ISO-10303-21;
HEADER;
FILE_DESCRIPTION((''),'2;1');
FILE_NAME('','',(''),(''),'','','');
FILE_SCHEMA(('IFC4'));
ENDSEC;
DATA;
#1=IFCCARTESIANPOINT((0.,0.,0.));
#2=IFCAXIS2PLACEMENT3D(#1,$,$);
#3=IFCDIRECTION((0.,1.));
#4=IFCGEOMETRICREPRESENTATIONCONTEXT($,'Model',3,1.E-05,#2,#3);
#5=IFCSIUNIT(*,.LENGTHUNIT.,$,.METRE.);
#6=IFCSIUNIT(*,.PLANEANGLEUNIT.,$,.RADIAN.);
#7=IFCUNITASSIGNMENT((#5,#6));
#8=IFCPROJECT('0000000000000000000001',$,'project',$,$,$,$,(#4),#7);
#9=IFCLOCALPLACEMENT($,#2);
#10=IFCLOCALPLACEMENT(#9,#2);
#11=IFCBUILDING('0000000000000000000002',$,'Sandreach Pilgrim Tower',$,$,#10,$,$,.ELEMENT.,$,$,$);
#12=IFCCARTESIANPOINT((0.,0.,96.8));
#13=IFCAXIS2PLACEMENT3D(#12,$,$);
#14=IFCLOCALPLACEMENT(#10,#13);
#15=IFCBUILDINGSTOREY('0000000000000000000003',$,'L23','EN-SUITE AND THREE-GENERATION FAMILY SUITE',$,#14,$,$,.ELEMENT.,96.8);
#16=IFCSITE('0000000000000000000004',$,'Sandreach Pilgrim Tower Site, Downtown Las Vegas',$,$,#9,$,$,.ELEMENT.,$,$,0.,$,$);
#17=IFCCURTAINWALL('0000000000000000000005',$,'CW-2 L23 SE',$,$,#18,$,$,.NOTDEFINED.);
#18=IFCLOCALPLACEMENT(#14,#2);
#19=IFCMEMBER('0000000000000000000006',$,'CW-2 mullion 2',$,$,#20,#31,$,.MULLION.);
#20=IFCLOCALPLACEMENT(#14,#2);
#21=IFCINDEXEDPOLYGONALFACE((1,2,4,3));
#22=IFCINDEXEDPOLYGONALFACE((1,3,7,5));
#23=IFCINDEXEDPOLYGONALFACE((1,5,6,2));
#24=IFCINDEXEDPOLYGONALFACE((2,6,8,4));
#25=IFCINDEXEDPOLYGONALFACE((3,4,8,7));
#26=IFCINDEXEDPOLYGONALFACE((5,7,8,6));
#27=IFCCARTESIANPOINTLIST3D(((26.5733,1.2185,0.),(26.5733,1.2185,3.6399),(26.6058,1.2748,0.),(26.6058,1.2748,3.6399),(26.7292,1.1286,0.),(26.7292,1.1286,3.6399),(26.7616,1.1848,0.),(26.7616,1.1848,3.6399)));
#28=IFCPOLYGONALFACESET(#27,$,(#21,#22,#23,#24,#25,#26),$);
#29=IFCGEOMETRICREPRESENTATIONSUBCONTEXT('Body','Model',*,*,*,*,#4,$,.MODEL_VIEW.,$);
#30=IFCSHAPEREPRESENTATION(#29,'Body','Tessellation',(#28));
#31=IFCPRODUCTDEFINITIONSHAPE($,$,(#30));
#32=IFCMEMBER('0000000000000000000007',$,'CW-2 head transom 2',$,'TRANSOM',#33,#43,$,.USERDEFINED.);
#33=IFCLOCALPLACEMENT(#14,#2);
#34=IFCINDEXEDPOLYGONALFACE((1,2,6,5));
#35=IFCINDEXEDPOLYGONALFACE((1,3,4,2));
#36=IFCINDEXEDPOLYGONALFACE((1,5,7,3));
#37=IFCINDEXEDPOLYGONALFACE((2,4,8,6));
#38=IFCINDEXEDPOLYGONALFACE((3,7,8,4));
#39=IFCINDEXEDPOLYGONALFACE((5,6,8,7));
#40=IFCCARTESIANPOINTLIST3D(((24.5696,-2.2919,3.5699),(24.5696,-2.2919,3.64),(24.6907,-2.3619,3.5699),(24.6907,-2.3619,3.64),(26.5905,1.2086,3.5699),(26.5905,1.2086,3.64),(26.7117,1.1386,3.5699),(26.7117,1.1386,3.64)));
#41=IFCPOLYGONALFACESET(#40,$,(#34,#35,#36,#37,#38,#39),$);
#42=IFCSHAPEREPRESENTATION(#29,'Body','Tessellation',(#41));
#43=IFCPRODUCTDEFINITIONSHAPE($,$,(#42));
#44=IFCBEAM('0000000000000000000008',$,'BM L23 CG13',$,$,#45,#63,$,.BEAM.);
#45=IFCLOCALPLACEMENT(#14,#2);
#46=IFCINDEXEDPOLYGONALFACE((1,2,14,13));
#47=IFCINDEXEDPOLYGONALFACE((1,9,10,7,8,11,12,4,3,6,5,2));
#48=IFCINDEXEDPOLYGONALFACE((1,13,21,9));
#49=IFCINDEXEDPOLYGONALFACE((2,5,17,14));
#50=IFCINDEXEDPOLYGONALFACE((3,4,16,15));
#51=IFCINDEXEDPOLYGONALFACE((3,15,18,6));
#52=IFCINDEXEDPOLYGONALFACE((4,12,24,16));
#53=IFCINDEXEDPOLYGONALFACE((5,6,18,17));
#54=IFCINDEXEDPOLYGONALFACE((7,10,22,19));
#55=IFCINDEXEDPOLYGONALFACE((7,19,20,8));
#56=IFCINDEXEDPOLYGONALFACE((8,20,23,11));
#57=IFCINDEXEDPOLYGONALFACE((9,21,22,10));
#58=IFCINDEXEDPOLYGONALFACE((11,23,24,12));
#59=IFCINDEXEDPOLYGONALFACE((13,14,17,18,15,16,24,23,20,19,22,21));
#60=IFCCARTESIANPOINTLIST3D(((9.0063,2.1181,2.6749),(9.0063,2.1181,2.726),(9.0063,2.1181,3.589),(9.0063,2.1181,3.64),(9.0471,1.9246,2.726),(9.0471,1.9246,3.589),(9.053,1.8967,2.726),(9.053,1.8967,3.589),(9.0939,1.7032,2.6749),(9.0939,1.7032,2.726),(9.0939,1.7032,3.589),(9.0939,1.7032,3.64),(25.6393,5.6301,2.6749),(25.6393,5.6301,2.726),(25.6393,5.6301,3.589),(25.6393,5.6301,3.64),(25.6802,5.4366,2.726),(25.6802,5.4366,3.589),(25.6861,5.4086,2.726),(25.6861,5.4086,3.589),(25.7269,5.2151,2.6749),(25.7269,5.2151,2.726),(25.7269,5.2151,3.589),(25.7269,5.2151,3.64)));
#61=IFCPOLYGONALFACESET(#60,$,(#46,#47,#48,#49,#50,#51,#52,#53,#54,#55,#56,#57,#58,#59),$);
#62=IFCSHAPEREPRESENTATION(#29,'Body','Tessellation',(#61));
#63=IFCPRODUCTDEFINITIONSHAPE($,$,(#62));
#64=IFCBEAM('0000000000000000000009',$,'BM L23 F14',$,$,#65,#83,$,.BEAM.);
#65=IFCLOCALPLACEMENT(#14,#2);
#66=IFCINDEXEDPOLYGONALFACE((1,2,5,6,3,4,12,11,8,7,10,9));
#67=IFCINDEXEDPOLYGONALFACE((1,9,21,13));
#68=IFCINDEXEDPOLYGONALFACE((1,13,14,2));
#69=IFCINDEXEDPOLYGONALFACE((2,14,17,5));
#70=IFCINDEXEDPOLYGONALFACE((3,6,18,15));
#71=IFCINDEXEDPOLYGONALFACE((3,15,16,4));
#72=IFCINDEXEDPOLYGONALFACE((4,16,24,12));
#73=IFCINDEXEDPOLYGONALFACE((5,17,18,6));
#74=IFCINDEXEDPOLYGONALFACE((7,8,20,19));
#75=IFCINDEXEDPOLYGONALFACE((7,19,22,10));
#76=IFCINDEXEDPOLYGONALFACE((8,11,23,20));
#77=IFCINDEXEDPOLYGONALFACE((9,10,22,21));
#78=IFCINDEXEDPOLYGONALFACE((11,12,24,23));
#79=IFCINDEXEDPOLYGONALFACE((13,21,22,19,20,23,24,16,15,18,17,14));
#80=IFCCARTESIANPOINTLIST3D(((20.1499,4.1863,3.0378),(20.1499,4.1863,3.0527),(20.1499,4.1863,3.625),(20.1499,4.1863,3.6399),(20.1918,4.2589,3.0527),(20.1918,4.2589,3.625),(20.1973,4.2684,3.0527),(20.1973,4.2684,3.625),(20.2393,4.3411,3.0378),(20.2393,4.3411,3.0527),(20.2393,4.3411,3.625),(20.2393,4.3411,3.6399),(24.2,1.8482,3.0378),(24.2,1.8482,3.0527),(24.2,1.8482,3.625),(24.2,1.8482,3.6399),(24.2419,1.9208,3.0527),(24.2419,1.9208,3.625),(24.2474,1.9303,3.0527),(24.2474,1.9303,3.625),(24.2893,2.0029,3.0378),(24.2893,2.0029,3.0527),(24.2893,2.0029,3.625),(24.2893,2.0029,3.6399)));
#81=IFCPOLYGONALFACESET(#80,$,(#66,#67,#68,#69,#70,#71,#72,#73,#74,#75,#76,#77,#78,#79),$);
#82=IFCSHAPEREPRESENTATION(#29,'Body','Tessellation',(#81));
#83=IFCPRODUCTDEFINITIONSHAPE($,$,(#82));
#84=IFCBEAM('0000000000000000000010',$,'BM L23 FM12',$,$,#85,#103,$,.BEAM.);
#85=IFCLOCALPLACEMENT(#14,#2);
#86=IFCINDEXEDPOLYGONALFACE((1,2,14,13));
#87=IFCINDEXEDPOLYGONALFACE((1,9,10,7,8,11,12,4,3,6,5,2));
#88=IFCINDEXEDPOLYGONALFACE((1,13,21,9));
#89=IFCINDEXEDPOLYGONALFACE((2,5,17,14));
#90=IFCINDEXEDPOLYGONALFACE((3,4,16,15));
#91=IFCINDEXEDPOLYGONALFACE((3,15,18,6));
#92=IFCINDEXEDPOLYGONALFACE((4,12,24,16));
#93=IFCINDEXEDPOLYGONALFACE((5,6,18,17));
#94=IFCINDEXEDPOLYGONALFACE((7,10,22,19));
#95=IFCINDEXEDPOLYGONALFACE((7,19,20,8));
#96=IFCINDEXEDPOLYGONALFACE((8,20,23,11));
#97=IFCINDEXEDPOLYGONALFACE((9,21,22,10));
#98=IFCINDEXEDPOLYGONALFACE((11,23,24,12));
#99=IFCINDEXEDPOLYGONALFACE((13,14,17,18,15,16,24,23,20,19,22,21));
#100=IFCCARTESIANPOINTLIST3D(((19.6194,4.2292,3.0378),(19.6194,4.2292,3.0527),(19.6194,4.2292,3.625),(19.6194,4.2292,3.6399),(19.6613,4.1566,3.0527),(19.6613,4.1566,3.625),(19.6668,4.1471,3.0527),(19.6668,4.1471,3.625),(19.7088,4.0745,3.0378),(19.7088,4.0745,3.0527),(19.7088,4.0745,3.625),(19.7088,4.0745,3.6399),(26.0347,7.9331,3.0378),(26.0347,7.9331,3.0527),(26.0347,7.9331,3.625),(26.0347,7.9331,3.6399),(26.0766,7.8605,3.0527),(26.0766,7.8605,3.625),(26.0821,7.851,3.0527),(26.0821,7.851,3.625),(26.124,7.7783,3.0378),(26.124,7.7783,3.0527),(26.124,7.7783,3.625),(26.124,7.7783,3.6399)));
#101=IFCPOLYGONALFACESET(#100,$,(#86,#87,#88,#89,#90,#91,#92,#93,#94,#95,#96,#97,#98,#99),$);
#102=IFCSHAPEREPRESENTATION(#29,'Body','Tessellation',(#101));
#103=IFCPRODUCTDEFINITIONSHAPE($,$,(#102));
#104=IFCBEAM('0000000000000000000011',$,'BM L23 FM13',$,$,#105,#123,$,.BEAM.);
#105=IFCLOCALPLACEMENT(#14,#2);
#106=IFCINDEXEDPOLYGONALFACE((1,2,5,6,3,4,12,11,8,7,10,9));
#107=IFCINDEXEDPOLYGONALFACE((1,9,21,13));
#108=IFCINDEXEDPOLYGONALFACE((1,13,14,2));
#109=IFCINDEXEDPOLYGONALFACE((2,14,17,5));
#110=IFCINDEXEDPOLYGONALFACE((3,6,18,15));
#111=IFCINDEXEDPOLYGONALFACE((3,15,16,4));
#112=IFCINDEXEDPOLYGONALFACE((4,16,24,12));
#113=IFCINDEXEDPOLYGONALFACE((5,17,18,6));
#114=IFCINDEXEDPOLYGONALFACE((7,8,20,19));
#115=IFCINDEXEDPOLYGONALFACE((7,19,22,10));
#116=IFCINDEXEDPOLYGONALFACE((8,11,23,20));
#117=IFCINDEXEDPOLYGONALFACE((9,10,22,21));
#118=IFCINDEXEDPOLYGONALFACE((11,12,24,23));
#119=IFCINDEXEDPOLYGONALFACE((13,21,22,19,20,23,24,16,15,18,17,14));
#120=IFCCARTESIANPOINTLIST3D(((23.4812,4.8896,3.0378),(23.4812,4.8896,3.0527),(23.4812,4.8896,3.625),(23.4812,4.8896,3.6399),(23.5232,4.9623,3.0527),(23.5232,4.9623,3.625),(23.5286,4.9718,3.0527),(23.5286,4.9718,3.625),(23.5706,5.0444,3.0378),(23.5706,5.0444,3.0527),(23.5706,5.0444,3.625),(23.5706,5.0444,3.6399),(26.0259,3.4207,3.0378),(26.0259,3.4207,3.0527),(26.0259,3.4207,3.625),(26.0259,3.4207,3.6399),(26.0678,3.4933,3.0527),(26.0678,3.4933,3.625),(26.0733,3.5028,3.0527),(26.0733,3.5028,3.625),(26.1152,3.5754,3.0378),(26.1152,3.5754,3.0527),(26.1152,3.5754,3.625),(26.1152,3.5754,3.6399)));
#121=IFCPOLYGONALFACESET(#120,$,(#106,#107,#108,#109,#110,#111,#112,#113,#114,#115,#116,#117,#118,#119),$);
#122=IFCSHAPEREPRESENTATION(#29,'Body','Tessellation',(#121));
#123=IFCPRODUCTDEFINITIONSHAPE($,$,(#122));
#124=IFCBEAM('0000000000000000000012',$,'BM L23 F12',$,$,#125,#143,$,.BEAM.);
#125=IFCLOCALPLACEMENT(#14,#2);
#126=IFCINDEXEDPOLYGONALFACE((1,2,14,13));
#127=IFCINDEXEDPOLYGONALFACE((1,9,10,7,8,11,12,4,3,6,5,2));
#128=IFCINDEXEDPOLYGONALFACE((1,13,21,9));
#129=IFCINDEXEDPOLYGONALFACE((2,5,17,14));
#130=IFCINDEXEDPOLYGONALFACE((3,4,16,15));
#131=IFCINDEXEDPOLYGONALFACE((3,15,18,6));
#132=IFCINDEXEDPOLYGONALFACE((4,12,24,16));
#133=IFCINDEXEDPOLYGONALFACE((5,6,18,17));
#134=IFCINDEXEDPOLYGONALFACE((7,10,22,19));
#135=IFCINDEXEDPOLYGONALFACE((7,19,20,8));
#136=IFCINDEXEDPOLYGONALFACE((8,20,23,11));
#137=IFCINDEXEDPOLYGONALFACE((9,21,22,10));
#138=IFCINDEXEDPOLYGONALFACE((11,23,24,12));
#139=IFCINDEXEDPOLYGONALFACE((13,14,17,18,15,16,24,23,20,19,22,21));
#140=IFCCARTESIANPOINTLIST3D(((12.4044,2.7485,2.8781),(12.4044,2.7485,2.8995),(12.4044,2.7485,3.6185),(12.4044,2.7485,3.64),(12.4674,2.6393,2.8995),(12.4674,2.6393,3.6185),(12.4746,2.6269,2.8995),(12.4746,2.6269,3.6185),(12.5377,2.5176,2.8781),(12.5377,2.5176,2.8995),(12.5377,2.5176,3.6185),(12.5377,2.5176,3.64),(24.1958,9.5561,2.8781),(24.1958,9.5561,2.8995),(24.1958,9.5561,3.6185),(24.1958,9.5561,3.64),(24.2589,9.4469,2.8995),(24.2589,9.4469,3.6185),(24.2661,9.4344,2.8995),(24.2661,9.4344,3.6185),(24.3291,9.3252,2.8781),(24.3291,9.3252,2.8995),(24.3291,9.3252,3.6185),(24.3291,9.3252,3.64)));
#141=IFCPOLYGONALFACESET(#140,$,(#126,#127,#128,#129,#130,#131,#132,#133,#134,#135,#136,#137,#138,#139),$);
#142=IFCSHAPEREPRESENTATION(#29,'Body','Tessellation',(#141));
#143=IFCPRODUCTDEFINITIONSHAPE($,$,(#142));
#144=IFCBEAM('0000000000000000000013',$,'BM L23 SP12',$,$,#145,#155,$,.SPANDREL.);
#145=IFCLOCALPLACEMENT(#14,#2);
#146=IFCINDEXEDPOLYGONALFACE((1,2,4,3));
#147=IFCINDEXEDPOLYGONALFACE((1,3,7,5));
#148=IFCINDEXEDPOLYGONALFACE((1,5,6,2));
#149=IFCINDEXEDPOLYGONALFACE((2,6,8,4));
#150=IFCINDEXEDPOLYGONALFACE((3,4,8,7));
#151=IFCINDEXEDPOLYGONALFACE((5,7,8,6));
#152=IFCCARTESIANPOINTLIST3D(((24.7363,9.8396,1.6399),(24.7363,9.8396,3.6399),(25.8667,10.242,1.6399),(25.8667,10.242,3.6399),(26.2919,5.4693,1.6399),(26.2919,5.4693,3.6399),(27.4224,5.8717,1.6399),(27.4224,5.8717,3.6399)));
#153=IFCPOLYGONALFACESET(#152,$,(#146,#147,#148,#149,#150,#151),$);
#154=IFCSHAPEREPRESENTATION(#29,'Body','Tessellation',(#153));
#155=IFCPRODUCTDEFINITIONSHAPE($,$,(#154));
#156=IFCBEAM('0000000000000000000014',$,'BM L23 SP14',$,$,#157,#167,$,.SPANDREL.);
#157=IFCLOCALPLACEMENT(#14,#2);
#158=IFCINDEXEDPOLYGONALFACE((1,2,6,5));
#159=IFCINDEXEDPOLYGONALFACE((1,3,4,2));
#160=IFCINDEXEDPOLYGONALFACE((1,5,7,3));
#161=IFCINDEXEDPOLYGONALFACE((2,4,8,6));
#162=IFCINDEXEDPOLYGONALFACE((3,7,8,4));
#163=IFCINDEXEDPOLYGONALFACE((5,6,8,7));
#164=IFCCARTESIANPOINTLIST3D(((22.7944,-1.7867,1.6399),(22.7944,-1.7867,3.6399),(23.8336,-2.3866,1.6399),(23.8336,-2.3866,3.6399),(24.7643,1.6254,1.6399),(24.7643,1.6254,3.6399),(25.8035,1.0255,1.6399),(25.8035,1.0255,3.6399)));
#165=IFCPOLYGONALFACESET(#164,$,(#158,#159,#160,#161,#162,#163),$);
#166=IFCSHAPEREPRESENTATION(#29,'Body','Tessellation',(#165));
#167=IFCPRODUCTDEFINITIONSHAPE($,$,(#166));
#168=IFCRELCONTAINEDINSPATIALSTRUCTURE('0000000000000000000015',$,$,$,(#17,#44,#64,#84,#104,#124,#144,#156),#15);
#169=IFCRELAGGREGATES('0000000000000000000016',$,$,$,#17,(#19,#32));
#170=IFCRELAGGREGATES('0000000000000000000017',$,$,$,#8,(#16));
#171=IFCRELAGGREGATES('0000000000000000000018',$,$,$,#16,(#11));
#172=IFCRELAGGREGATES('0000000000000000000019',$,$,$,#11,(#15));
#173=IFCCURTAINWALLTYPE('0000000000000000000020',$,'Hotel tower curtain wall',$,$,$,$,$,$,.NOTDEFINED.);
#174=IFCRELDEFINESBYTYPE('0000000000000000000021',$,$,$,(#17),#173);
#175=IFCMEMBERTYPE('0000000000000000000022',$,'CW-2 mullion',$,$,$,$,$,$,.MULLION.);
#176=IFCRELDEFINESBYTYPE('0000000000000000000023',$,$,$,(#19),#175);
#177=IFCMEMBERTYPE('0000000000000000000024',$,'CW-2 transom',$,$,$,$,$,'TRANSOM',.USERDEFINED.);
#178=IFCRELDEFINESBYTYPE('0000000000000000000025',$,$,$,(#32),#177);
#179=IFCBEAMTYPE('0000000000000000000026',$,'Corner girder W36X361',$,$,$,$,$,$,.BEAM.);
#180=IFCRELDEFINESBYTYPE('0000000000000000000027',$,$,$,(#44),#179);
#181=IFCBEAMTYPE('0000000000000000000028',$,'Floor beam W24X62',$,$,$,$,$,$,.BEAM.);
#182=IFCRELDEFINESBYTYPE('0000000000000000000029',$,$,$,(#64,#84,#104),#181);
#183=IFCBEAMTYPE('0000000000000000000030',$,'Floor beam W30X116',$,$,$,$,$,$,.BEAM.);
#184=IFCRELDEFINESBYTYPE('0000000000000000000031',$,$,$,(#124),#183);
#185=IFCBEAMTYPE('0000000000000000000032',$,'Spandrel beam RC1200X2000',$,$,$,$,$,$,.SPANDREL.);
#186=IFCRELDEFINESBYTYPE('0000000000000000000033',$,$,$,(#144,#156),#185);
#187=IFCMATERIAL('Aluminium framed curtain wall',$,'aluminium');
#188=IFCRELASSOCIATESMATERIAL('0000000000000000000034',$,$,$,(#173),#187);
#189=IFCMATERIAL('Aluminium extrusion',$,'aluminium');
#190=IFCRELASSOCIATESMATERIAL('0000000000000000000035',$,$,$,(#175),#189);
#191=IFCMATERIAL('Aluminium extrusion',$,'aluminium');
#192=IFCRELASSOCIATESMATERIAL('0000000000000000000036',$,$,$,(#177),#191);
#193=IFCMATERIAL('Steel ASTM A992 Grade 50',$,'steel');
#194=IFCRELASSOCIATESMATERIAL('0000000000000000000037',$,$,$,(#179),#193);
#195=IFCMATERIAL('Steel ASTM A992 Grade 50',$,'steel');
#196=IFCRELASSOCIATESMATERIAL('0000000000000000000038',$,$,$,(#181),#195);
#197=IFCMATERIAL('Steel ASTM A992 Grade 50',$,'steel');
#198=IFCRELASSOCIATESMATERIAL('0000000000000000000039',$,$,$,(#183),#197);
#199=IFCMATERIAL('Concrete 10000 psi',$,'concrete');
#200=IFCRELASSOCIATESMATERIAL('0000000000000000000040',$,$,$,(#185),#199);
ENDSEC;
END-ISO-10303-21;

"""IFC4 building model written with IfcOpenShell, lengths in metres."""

from ifc_helpers import new_model, si_unit, direction, frame, origin, origin_2d, place, context, subcontext, project, spatial, rectangle, i_section, extrude, material, material_profile, profile_set, type_object, element, aggregate, save


model = new_model("IFC4")

# Units and contexts
model_context = context("Model", 3, precision=1e-05, world=origin(), true_north=direction((0.0, 1.0)))
body_context = subcontext(model_context, "Body", "Model", "MODEL_VIEW")
ifc_project = project(units=[si_unit("LENGTHUNIT", "METRE"), si_unit("PLANEANGLEUNIT", "RADIAN")], contexts=[model_context])

# Site, building, storey
site_placement = place(None, origin())
site = spatial("IfcSite", under=ifc_project, at=site_placement, Name="Sandreach Pilgrim Tower Site, Downtown Las Vegas", CompositionType="ELEMENT", RefElevation=0.0)
building_placement = place(site_placement, origin())
building = spatial("IfcBuilding", under=site, at=building_placement, Name="Sandreach Pilgrim Tower", CompositionType="ELEMENT")
storey_placement = place(building_placement, frame((0.0, 0.0, 96.8)))
storey = spatial("IfcBuildingStorey", under=building, at=storey_placement, Name="L23", Description="EN-SUITE AND THREE-GENERATION FAMILY SUITE", CompositionType="ELEMENT", Elevation=96.8)

# Curtain wall, members
ifc_material_1 = material(Name="Aluminium framed curtain wall", Category="aluminium")
curtain_wall_type = type_object("IfcCurtainWallType", Name="Hotel tower curtain wall", PredefinedType="NOTDEFINED", material=ifc_material_1)
curtain_wall_placement = place(storey_placement, origin())
curtain_wall = element("IfcCurtainWall", 1, at=curtain_wall_placement, inside=storey, type_object=curtain_wall_type, Name="CW-2 L23 SE", PredefinedType="NOTDEFINED")
ifc_material_2 = material(Name="Aluminium extrusion", Category="aluminium")
ifc_material_profile_1 = material_profile(ifc_material_2, rectangle(XDim=0.0649, YDim=0.1799, at=origin_2d()), Name="CW-2M 65X180")
ifc_profile_set_1 = profile_set([ifc_material_profile_1], Name="Aluminium extrusion")
member_type_1 = type_object("IfcMemberType", Name="CW-2 mullion", PredefinedType="MULLION", material=ifc_profile_set_1)
member_1_placement = place(storey_placement, frame((26.6675, 1.2017, 0.0), z_axis=(0.0, 0.0, 1.0), x_axis=(-0.5, -0.866025, 0.0)))
member_1 = element("IfcMember", 2, at=member_1_placement, type_object=member_type_1, Name="CW-2 mullion 2", PredefinedType="MULLION", context=body_context, shape_type="SweptSolid", body=[
    extrude(rectangle(XDim=0.0649, YDim=0.1799, at=origin_2d()), origin(), (0.0, 0.0, 1.0), 3.6399),
])
ifc_material_3 = material(Name="Aluminium extrusion", Category="aluminium")
ifc_material_profile_2 = material_profile(ifc_material_3, rectangle(XDim=0.1399, YDim=0.0701, at=origin_2d()), Name="CW-2T 140X70")
ifc_profile_set_2 = profile_set([ifc_material_profile_2], Name="Aluminium extrusion")
member_type_2 = type_object("IfcMemberType", Name="CW-2 transom", ElementType="TRANSOM", PredefinedType="USERDEFINED", material=ifc_profile_set_2)
member_2_placement = place(storey_placement, frame((26.6511, 1.1736, 3.605), z_axis=(-0.499998, -0.866027, 0.0), x_axis=(0.866027, -0.499998, 0.0)))
member_2 = element("IfcMember", 3, at=member_2_placement, type_object=member_type_2, Name="CW-2 head transom 2", ObjectType="TRANSOM", PredefinedType="USERDEFINED", context=body_context, shape_type="SweptSolid", body=[
    extrude(rectangle(XDim=0.1399, YDim=0.0701, at=origin_2d()), origin(), (0.0, 0.0, 1.0), 4.042),
])
aggregate(curtain_wall, [member_1, member_2])

# Beams
ifc_material_4 = material(Name="Steel ASTM A992 Grade 50", Category="steel")
ifc_material_profile_3 = material_profile(ifc_material_4, i_section(OverallWidth=0.4241, OverallDepth=0.9651, WebThickness=0.0286, FlangeThickness=0.051, at=origin_2d()), Name="W36X361")
ifc_profile_set_3 = profile_set([ifc_material_profile_3], Name="Steel ASTM A992 Grade 50")
beam_type_1 = type_object("IfcBeamType", Name="Corner girder W36X361", PredefinedType="BEAM", material=ifc_profile_set_3)
beam_1_placement = place(storey_placement, frame((25.6831, 5.4226, 3.1575), z_axis=(-0.978428, -0.206589, 0.0), x_axis=(0.206589, -0.978428, 0.0)))
element("IfcBeam", 4, at=beam_1_placement, inside=storey, type_object=beam_type_1, Name="BM L23 CG13", PredefinedType="BEAM", context=body_context, shape_type="SweptSolid", body=[
    extrude(i_section(OverallWidth=0.4241, OverallDepth=0.9651, WebThickness=0.0286, FlangeThickness=0.051, at=origin_2d()), origin(), (0.0, 0.0, 1.0), 16.9998),
])
ifc_material_5 = material(Name="Steel ASTM A992 Grade 50", Category="steel")
ifc_material_profile_4 = material_profile(ifc_material_5, i_section(OverallWidth=0.1787, OverallDepth=0.6021, WebThickness=0.011, FlangeThickness=0.0149, at=origin_2d()), Name="W24X62")
ifc_profile_set_4 = profile_set([ifc_material_profile_4], Name="Steel ASTM A992 Grade 50")
beam_type_2 = type_object("IfcBeamType", Name="Floor beam W24X62", PredefinedType="BEAM", material=ifc_profile_set_4)
beam_2_placement = place(storey_placement, frame((24.2446, 1.9255, 3.3389), z_axis=(-0.86604, 0.499974, 0.0), x_axis=(-0.499974, -0.86604, 0.0)))
element("IfcBeam", 5, at=beam_2_placement, inside=storey, type_object=beam_type_2, Name="BM L23 F14", PredefinedType="BEAM", context=body_context, shape_type="SweptSolid", body=[
    extrude(i_section(OverallWidth=0.1787, OverallDepth=0.6021, WebThickness=0.011, FlangeThickness=0.0149, at=origin_2d()), origin(), (0.0, 0.0, 1.0), 4.6765),
])
beam_3_placement = place(storey_placement, frame((26.0793, 7.8557, 3.3389), z_axis=(-0.866026, -0.499999, 0.0), x_axis=(0.499999, -0.866026, 0.0)))
element("IfcBeam", 6, at=beam_3_placement, inside=storey, type_object=beam_type_2, Name="BM L23 FM12", PredefinedType="BEAM", context=body_context, shape_type="SweptSolid", body=[
    extrude(i_section(OverallWidth=0.1787, OverallDepth=0.6021, WebThickness=0.011, FlangeThickness=0.0149, at=origin_2d()), origin(), (0.0, 0.0, 1.0), 7.4077),
])
beam_4_placement = place(storey_placement, frame((26.0706, 3.498, 3.3389), z_axis=(-0.866051, 0.499955, 0.0), x_axis=(-0.499955, -0.866051, 0.0)))
element("IfcBeam", 7, at=beam_4_placement, inside=storey, type_object=beam_type_2, Name="BM L23 FM13", PredefinedType="BEAM", context=body_context, shape_type="SweptSolid", body=[
    extrude(i_section(OverallWidth=0.1787, OverallDepth=0.6021, WebThickness=0.011, FlangeThickness=0.0149, at=origin_2d()), origin(), (0.0, 0.0, 1.0), 2.9382),
])
ifc_material_6 = material(Name="Steel ASTM A992 Grade 50", Category="steel")
ifc_material_profile_5 = material_profile(ifc_material_6, i_section(OverallWidth=0.2666, OverallDepth=0.762, WebThickness=0.0144, FlangeThickness=0.0215, at=origin_2d()), Name="W30X116")
ifc_profile_set_5 = profile_set([ifc_material_profile_5], Name="Steel ASTM A992 Grade 50")
beam_type_3 = type_object("IfcBeamType", Name="Floor beam W30X116", PredefinedType="BEAM", material=ifc_profile_set_5)
beam_5_placement = place(storey_placement, frame((24.2625, 9.4407, 3.259), z_axis=(-0.866032, -0.499988, 0.0), x_axis=(0.499988, -0.866032, 0.0)))
element("IfcBeam", 8, at=beam_5_placement, inside=storey, type_object=beam_type_3, Name="BM L23 F12", PredefinedType="BEAM", context=body_context, shape_type="SweptSolid", body=[
    extrude(i_section(OverallWidth=0.2666, OverallDepth=0.762, WebThickness=0.0144, FlangeThickness=0.0215, at=origin_2d()), origin(), (0.0, 0.0, 1.0), 13.6155),
])
ifc_material_7 = material(Name="Concrete 10000 psi", Category="concrete")
ifc_material_profile_6 = material_profile(ifc_material_7, rectangle(XDim=1.2, YDim=2.0, at=origin_2d()), Name="RC1200X2000")
ifc_profile_set_6 = profile_set([ifc_material_profile_6], Name="Concrete 10000 psi")
beam_type_4 = type_object("IfcBeamType", Name="Spandrel beam RC1200X2000", PredefinedType="SPANDREL", material=ifc_profile_set_6)
beam_6_placement = place(storey_placement, frame((25.3015, 10.0408, 2.6399), z_axis=(0.335346, -0.942095, 0.0), x_axis=(0.942095, 0.335346, 0.0)))
element("IfcBeam", 9, at=beam_6_placement, inside=storey, type_object=beam_type_4, Name="BM L23 SP12", PredefinedType="SPANDREL", context=body_context, shape_type="SweptSolid", body=[
    extrude(rectangle(XDim=1.2, YDim=2.0, at=origin_2d()), origin(), (0.0, 0.0, 1.0), 4.6389),
])
beam_7_placement = place(storey_placement, frame((25.2839, 1.3254, 2.6399), z_axis=(-0.499998, -0.866027, 0.0), x_axis=(0.866027, -0.499998, 0.0)))
element("IfcBeam", 10, at=beam_7_placement, inside=storey, type_object=beam_type_4, Name="BM L23 SP14", PredefinedType="SPANDREL", context=body_context, shape_type="SweptSolid", body=[
    extrude(rectangle(XDim=1.2, YDim=2.0, at=origin_2d()), origin(), (0.0, 0.0, 1.0), 3.9399),
])

save(model, "model.ifc")
